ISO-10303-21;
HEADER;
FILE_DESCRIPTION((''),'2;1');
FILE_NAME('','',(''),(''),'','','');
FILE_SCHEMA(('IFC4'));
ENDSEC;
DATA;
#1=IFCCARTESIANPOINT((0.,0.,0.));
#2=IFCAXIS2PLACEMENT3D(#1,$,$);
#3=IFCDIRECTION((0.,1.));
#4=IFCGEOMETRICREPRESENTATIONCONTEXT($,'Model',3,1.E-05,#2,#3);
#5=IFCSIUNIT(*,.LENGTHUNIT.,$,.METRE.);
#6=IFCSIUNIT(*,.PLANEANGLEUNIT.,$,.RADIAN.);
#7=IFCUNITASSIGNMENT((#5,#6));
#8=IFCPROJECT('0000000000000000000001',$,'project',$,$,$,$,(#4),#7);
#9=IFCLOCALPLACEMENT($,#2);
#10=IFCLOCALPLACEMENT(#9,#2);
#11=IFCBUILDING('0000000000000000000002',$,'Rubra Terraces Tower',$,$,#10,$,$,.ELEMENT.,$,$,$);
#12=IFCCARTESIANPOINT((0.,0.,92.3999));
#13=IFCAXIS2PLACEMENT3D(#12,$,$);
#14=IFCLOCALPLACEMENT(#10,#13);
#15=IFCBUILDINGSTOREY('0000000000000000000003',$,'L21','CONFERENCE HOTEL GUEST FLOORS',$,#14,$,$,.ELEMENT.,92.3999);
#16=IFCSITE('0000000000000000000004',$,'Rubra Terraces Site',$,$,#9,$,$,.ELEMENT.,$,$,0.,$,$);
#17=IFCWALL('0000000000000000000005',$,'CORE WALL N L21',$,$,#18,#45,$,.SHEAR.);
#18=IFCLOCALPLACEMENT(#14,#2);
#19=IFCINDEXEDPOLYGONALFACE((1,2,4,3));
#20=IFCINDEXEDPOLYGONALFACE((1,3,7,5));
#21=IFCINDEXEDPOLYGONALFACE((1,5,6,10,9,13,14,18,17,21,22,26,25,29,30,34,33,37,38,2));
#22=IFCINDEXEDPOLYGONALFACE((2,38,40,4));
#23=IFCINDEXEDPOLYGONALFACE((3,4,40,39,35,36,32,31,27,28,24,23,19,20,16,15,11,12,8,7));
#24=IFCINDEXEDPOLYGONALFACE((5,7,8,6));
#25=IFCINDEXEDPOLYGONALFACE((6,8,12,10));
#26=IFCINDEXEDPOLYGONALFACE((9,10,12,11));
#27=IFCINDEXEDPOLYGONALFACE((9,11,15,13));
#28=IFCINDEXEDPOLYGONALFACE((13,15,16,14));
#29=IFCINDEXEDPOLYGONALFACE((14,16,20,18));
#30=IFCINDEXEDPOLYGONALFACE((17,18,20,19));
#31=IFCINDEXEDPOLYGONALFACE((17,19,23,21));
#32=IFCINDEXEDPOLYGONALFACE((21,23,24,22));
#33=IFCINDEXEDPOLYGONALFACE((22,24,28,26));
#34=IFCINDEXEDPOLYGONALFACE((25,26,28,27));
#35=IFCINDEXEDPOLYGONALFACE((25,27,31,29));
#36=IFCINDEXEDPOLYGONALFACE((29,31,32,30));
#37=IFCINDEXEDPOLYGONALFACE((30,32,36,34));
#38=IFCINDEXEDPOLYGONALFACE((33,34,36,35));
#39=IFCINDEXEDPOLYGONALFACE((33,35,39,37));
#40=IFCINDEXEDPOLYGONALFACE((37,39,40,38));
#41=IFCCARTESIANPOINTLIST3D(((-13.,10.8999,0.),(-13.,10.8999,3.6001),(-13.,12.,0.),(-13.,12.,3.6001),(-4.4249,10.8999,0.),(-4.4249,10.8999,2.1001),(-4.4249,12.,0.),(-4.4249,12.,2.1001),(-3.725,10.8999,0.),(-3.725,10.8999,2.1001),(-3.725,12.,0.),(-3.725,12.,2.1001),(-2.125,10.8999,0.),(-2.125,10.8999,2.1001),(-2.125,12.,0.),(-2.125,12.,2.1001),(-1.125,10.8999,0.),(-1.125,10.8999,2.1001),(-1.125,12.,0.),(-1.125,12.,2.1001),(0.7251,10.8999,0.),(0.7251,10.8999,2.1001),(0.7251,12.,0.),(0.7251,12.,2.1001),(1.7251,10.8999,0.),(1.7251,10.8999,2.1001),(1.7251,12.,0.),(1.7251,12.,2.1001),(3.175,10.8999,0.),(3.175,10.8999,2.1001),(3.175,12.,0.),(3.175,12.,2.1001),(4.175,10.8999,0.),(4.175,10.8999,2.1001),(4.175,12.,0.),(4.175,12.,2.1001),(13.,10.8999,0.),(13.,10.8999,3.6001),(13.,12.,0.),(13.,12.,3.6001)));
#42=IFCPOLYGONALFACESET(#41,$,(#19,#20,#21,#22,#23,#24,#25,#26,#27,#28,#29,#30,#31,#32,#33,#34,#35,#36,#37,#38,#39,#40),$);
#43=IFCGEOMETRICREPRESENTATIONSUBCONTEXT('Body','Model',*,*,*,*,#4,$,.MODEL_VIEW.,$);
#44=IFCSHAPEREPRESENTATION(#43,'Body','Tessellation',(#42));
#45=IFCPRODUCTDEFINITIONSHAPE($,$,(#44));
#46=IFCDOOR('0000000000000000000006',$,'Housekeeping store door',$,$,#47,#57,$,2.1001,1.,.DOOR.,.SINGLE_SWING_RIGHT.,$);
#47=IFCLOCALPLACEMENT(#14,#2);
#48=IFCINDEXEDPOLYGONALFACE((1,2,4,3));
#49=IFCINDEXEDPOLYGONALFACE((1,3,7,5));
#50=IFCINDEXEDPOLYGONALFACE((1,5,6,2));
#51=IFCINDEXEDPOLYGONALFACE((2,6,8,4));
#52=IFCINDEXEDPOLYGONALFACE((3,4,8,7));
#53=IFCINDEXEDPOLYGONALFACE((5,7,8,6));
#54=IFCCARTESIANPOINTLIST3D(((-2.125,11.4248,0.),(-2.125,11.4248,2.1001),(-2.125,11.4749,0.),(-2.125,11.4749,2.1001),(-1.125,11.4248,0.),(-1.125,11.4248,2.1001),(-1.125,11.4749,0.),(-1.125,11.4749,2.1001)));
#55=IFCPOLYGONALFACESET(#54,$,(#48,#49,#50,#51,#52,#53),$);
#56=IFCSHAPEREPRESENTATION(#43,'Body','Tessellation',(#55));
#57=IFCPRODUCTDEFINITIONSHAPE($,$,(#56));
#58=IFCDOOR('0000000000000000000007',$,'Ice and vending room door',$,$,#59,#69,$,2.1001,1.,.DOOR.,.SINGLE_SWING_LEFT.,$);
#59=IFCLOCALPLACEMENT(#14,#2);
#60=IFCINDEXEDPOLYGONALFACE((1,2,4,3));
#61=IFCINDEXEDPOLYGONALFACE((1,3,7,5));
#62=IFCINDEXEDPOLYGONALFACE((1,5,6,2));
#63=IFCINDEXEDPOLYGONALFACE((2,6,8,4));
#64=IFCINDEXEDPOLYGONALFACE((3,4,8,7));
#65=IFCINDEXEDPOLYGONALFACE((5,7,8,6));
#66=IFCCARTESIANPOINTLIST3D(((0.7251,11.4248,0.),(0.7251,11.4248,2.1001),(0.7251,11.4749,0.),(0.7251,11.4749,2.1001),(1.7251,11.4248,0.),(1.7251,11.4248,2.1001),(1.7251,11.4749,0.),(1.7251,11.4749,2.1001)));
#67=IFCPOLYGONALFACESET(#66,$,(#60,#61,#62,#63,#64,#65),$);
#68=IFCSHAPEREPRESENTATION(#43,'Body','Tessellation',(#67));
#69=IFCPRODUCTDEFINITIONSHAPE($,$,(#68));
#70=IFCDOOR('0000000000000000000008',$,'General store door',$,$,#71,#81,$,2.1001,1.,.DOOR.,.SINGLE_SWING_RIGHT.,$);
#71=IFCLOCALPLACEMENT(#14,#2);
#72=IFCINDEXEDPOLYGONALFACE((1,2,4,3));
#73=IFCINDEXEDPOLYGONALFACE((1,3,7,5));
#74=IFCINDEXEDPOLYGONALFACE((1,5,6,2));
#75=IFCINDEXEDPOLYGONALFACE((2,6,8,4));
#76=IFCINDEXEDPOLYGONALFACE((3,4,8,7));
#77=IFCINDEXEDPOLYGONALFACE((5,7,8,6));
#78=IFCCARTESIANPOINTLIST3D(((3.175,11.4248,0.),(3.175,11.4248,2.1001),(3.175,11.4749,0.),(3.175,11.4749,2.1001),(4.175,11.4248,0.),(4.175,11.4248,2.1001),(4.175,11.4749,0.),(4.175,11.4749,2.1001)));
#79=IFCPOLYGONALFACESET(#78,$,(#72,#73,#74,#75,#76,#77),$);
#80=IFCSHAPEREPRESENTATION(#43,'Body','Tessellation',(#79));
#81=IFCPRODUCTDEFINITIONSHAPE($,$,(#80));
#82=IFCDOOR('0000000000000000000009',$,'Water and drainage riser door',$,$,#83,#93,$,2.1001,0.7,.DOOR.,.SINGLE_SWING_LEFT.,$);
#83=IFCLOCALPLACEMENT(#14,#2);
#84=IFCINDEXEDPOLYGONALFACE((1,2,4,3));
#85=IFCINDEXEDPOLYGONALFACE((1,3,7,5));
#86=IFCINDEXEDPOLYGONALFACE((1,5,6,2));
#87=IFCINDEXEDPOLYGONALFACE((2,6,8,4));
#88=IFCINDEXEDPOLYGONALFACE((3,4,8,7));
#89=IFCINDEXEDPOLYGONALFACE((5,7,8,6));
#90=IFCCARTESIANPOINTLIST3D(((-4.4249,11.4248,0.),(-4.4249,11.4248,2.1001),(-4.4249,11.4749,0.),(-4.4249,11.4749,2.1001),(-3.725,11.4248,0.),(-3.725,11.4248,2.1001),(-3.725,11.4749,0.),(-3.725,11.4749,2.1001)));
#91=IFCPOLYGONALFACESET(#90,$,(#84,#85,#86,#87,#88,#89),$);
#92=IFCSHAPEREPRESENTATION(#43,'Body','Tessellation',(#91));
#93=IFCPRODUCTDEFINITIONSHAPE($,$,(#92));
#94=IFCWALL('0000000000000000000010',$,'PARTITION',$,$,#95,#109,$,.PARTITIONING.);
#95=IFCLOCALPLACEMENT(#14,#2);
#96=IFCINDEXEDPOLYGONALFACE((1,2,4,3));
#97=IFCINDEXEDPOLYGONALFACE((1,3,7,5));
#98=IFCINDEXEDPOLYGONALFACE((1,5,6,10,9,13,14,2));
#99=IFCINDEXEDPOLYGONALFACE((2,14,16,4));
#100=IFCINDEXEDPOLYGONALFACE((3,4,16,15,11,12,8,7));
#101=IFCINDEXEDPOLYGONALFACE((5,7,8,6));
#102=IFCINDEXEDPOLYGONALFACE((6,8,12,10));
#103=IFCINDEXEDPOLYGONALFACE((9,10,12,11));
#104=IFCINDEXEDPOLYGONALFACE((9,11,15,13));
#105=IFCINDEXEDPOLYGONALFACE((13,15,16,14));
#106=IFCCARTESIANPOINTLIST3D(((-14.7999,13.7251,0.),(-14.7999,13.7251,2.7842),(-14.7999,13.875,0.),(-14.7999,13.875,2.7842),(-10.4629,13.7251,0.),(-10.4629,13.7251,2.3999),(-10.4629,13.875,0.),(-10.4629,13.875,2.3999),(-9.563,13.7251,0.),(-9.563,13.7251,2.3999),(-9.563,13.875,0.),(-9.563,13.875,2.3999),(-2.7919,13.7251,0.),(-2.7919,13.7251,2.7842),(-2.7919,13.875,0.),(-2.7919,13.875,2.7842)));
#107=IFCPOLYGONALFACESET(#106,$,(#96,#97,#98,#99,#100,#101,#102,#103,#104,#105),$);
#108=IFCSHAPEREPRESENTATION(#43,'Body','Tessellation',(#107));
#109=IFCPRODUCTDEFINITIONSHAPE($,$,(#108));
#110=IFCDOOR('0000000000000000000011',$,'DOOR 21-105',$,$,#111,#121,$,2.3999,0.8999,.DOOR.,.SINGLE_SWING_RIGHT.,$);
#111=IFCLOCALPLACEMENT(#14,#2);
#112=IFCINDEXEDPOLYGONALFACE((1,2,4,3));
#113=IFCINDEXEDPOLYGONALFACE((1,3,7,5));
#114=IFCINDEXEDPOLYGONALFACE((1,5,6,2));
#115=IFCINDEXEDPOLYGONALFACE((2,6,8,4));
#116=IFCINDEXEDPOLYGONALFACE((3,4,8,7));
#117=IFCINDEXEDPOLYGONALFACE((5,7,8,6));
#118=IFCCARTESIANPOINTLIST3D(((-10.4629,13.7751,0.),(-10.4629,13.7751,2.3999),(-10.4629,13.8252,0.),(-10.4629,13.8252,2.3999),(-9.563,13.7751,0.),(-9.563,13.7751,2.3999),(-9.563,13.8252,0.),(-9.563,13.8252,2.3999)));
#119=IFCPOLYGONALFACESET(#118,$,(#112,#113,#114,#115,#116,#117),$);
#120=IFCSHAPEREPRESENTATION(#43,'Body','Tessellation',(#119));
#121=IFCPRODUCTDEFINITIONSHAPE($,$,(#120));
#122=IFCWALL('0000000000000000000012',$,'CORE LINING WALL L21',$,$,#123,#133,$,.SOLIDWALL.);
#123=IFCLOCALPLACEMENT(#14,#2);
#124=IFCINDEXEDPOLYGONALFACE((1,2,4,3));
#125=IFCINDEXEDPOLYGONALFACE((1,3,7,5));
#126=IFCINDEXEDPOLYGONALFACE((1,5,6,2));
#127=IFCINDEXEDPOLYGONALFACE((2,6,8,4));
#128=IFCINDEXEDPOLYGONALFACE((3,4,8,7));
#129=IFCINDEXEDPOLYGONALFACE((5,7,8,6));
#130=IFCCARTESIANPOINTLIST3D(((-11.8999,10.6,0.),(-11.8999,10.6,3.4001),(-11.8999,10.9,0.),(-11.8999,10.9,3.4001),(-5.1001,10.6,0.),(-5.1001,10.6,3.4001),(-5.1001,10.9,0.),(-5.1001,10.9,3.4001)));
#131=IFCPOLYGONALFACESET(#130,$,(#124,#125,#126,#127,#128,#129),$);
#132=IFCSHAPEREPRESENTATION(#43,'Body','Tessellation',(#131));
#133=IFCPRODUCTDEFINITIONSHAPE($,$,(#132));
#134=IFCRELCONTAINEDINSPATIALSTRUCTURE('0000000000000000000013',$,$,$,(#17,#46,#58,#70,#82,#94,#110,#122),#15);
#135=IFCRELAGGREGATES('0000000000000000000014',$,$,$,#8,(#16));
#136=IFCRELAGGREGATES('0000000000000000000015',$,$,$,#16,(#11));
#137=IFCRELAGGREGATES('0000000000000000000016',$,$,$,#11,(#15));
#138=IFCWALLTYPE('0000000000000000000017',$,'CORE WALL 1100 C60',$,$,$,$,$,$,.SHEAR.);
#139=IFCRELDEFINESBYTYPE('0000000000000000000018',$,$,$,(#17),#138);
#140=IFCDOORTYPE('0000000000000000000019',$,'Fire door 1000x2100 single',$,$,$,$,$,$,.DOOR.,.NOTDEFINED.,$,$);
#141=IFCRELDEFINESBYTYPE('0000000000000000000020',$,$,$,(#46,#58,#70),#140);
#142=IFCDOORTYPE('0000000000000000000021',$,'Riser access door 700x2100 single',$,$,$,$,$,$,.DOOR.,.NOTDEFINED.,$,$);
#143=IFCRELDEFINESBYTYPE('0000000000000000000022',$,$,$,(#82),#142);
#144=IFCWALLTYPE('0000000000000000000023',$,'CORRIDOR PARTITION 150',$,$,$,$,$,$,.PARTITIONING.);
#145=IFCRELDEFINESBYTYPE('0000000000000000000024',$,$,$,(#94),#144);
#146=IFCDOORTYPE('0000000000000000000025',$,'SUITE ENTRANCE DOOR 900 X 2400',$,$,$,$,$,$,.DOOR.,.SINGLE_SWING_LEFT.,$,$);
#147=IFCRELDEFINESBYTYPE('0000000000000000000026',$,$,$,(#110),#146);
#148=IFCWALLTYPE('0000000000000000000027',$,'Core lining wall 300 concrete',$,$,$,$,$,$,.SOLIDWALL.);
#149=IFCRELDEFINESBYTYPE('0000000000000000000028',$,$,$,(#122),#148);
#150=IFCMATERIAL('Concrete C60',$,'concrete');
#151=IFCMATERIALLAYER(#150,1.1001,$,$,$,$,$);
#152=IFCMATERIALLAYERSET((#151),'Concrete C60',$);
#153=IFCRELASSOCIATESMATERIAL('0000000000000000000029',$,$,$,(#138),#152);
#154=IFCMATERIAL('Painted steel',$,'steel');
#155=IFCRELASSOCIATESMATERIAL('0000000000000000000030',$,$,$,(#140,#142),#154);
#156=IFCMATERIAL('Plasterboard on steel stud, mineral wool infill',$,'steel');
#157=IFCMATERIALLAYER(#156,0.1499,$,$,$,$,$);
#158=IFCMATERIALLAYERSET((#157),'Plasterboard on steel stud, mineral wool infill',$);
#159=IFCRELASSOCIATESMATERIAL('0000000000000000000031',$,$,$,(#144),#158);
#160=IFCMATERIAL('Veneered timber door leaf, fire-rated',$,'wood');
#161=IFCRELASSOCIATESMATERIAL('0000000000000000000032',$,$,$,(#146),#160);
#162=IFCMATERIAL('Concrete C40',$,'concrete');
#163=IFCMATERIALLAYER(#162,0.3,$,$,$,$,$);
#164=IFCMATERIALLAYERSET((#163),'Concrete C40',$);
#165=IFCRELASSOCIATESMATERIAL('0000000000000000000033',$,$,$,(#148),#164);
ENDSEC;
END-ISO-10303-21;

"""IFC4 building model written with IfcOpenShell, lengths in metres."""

from ifc_helpers import new_model, si_unit, direction, frame, frame_2d, origin, place, context, subcontext, project, spatial, rectangle, extrude, material, layer, layer_set, type_object, element, fill, save


model = new_model("IFC4")

# Units and contexts
model_context = context("Model", 3, precision=1e-05, world=origin(), true_north=direction((0.0, 1.0)))
body_context = subcontext(model_context, "Body", "Model", "MODEL_VIEW")
ifc_project = project(units=[si_unit("LENGTHUNIT", "METRE"), si_unit("PLANEANGLEUNIT", "RADIAN")], contexts=[model_context])

# Site, building, storey
site_placement = place(None, origin())
site = spatial("IfcSite", under=ifc_project, at=site_placement, Name="Rubra Terraces Site", CompositionType="ELEMENT", RefElevation=0.0)
building_placement = place(site_placement, origin())
building = spatial("IfcBuilding", under=site, at=building_placement, Name="Rubra Terraces Tower", CompositionType="ELEMENT")
storey_placement = place(building_placement, frame((0.0, 0.0, 92.3999)))
storey = spatial("IfcBuildingStorey", under=building, at=storey_placement, Name="L21", Description="CONFERENCE HOTEL GUEST FLOORS", CompositionType="ELEMENT", Elevation=92.3999)

# Shared definitions
ifc_material_1 = material(Name="Concrete C60", Category="concrete")

# Wall, openings, doors
ifc_layer_1 = layer(ifc_material_1, 1.1001)
ifc_layer_set_1 = layer_set([ifc_layer_1], Name="Concrete C60")
wall_type_1 = type_object("IfcWallType", Name="CORE WALL 1100 C60", PredefinedType="SHEAR", material=ifc_layer_set_1)
wall_1_placement = place(storey_placement, frame((-13.0, 11.45, 0.0), z_axis=(0.0, 0.0, 1.0), x_axis=(1.0, 0.0, 0.0)))
wall_1 = element("IfcWall", 1, at=wall_1_placement, inside=storey, type_object=wall_type_1, Name="CORE WALL N L21", PredefinedType="SHEAR", context=body_context, shape_type="SweptSolid", body=[
    extrude(rectangle(XDim=26.0, YDim=1.1001, at=frame_2d((13.0, 0.0))), origin(), (0.0, 0.0, 1.0), 3.6001),
])
opening_1_placement = place(wall_1_placement, frame((8.575, 0.0, 0.0)))
opening_1 = element("IfcOpeningElement", 2, at=opening_1_placement, cuts=wall_1, PredefinedType="OPENING", context=body_context, shape_type="SweptSolid", body=[
    extrude(rectangle(XDim=0.7, YDim=2.1001, at=frame_2d((0.3501, 1.05))), frame((0.0, 0.5601, 0.0), z_axis=(0.0, -1.0, 0.0), x_axis=(1.0, 0.0, 0.0)), (0.0, 0.0, 1.0), 1.1201),
])
opening_2_placement = place(wall_1_placement, frame((10.875, 0.0, 0.0)))
opening_2 = element("IfcOpeningElement", 3, at=opening_2_placement, cuts=wall_1, PredefinedType="OPENING", context=body_context, shape_type="SweptSolid", body=[
    extrude(rectangle(XDim=1.0, YDim=2.1001, at=frame_2d((0.5, 1.05))), frame((0.0, 0.5601, 0.0), z_axis=(0.0, -1.0, 0.0), x_axis=(1.0, 0.0, 0.0)), (0.0, 0.0, 1.0), 1.1201),
])
opening_3_placement = place(wall_1_placement, frame((13.7251, 0.0, 0.0)))
opening_3 = element("IfcOpeningElement", 4, at=opening_3_placement, cuts=wall_1, PredefinedType="OPENING", context=body_context, shape_type="SweptSolid", body=[
    extrude(rectangle(XDim=1.0, YDim=2.1001, at=frame_2d((0.5, 1.05))), frame((0.0, 0.5601, 0.0), z_axis=(0.0, -1.0, 0.0), x_axis=(1.0, 0.0, 0.0)), (0.0, 0.0, 1.0), 1.1201),
])
opening_4_placement = place(wall_1_placement, frame((16.175, 0.0, 0.0)))
opening_4 = element("IfcOpeningElement", 5, at=opening_4_placement, cuts=wall_1, PredefinedType="OPENING", context=body_context, shape_type="SweptSolid", body=[
    extrude(rectangle(XDim=1.0, YDim=2.1001, at=frame_2d((0.5, 1.05))), frame((0.0, 0.5601, 0.0), z_axis=(0.0, -1.0, 0.0), x_axis=(1.0, 0.0, 0.0)), (0.0, 0.0, 1.0), 1.1201),
])
ifc_material_2 = material(Name="Painted steel", Category="steel")
door_type_1 = type_object("IfcDoorType", Name="Fire door 1000x2100 single", OperationType="NOTDEFINED", PredefinedType="DOOR", material=ifc_material_2)
door_1_placement = place(opening_2_placement, origin())
door_1 = element("IfcDoor", 6, at=door_1_placement, inside=storey, type_object=door_type_1, Name="Housekeeping store door", OperationType="SINGLE_SWING_RIGHT", OverallHeight=2.1001, OverallWidth=1.0, PredefinedType="DOOR", context=body_context, shape_type="SweptSolid", body=[
    extrude(rectangle(XDim=1.0, YDim=2.1001, at=frame_2d((0.5, 1.05))), frame((0.0, 0.0249, 0.0), z_axis=(0.0, -1.0, 0.0), x_axis=(1.0, 0.0, 0.0)), (0.0, 0.0, 1.0), 0.05),
])
fill(opening_2, door_1)
door_2_placement = place(opening_3_placement, origin())
door_2 = element("IfcDoor", 7, at=door_2_placement, inside=storey, type_object=door_type_1, Name="Ice and vending room door", OperationType="SINGLE_SWING_LEFT", OverallHeight=2.1001, OverallWidth=1.0, PredefinedType="DOOR", context=body_context, shape_type="SweptSolid", body=[
    extrude(rectangle(XDim=1.0, YDim=2.1001, at=frame_2d((0.5, 1.05))), frame((0.0, 0.0249, 0.0), z_axis=(0.0, -1.0, 0.0), x_axis=(1.0, 0.0, 0.0)), (0.0, 0.0, 1.0), 0.05),
])
fill(opening_3, door_2)
door_3_placement = place(opening_4_placement, origin())
door_3 = element("IfcDoor", 8, at=door_3_placement, inside=storey, type_object=door_type_1, Name="General store door", OperationType="SINGLE_SWING_RIGHT", OverallHeight=2.1001, OverallWidth=1.0, PredefinedType="DOOR", context=body_context, shape_type="SweptSolid", body=[
    extrude(rectangle(XDim=1.0, YDim=2.1001, at=frame_2d((0.5, 1.05))), frame((0.0, 0.0249, 0.0), z_axis=(0.0, -1.0, 0.0), x_axis=(1.0, 0.0, 0.0)), (0.0, 0.0, 1.0), 0.05),
])
fill(opening_4, door_3)
door_type_2 = type_object("IfcDoorType", Name="Riser access door 700x2100 single", OperationType="NOTDEFINED", PredefinedType="DOOR", material=ifc_material_2)
door_4_placement = place(opening_1_placement, origin())
door_4 = element("IfcDoor", 9, at=door_4_placement, inside=storey, type_object=door_type_2, Name="Water and drainage riser door", OperationType="SINGLE_SWING_LEFT", OverallHeight=2.1001, OverallWidth=0.7, PredefinedType="DOOR", context=body_context, shape_type="SweptSolid", body=[
    extrude(rectangle(XDim=0.7, YDim=2.1001, at=frame_2d((0.3501, 1.05))), frame((0.0, 0.0249, 0.0), z_axis=(0.0, -1.0, 0.0), x_axis=(1.0, 0.0, 0.0)), (0.0, 0.0, 1.0), 0.05),
])
fill(opening_1, door_4)

# Wall, opening, door
ifc_material_3 = material(Name="Plasterboard on steel stud, mineral wool infill", Category="steel")
ifc_layer_2 = layer(ifc_material_3, 0.1499)
ifc_layer_set_2 = layer_set([ifc_layer_2], Name="Plasterboard on steel stud, mineral wool infill")
wall_type_2 = type_object("IfcWallType", Name="CORRIDOR PARTITION 150", PredefinedType="PARTITIONING", material=ifc_layer_set_2)
wall_2_placement = place(storey_placement, frame((-2.792, 13.8, 0.0), z_axis=(0.0, 0.0, 1.0), x_axis=(-1.0, 0.0, 0.0)))
wall_2 = element("IfcWall", 10, at=wall_2_placement, inside=storey, type_object=wall_type_2, Name="PARTITION", PredefinedType="PARTITIONING", context=body_context, shape_type="SweptSolid", body=[
    extrude(rectangle(XDim=12.0081, YDim=0.1499, at=frame_2d((6.0039, 0.0))), origin(), (0.0, 0.0, 1.0), 2.7842),
])
opening_5_placement = place(wall_2_placement, frame((6.771, 0.0, 0.0)))
opening_5 = element("IfcOpeningElement", 11, at=opening_5_placement, cuts=wall_2, PredefinedType="OPENING", context=body_context, shape_type="SweptSolid", body=[
    extrude(rectangle(XDim=0.8999, YDim=2.3999, at=frame_2d((0.45, 1.2))), frame((0.0, 0.085, 0.0), z_axis=(0.0, -1.0, 0.0), x_axis=(1.0, 0.0, 0.0)), (0.0, 0.0, 1.0), 0.1699),
])
ifc_material_4 = material(Name="Veneered timber door leaf, fire-rated", Category="wood")
door_type_3 = type_object("IfcDoorType", Name="SUITE ENTRANCE DOOR 900 X 2400", OperationType="SINGLE_SWING_LEFT", PredefinedType="DOOR", material=ifc_material_4)
door_5_placement = place(opening_5_placement, origin())
door_5 = element("IfcDoor", 12, at=door_5_placement, inside=storey, type_object=door_type_3, Name="DOOR 21-105", OperationType="SINGLE_SWING_RIGHT", OverallHeight=2.3999, OverallWidth=0.8999, PredefinedType="DOOR", context=body_context, shape_type="SweptSolid", body=[
    extrude(rectangle(XDim=0.8999, YDim=2.3999, at=frame_2d((0.45, 1.2))), frame((0.0, 0.0249, 0.0), z_axis=(0.0, -1.0, 0.0), x_axis=(1.0, 0.0, 0.0)), (0.0, 0.0, 1.0), 0.05),
])
fill(opening_5, door_5)

# Wall
ifc_material_5 = material(Name="Concrete C40", Category="concrete")
ifc_layer_3 = layer(ifc_material_5, 0.3)
ifc_layer_set_3 = layer_set([ifc_layer_3], Name="Concrete C40")
wall_type_3 = type_object("IfcWallType", Name="Core lining wall 300 concrete", PredefinedType="SOLIDWALL", material=ifc_layer_set_3)
wall_3_placement = place(storey_placement, frame((-11.8999, 10.75, 0.0), z_axis=(0.0, 0.0, 1.0), x_axis=(1.0, 0.0, 0.0)))
element("IfcWall", 13, at=wall_3_placement, inside=storey, type_object=wall_type_3, Name="CORE LINING WALL L21", PredefinedType="SOLIDWALL", context=body_context, shape_type="SweptSolid", body=[
    extrude(rectangle(XDim=6.7998, YDim=0.3, at=frame_2d((3.3999, 0.0))), origin(), (0.0, 0.0, 1.0), 3.4001),
])

save(model, "model.ifc")
